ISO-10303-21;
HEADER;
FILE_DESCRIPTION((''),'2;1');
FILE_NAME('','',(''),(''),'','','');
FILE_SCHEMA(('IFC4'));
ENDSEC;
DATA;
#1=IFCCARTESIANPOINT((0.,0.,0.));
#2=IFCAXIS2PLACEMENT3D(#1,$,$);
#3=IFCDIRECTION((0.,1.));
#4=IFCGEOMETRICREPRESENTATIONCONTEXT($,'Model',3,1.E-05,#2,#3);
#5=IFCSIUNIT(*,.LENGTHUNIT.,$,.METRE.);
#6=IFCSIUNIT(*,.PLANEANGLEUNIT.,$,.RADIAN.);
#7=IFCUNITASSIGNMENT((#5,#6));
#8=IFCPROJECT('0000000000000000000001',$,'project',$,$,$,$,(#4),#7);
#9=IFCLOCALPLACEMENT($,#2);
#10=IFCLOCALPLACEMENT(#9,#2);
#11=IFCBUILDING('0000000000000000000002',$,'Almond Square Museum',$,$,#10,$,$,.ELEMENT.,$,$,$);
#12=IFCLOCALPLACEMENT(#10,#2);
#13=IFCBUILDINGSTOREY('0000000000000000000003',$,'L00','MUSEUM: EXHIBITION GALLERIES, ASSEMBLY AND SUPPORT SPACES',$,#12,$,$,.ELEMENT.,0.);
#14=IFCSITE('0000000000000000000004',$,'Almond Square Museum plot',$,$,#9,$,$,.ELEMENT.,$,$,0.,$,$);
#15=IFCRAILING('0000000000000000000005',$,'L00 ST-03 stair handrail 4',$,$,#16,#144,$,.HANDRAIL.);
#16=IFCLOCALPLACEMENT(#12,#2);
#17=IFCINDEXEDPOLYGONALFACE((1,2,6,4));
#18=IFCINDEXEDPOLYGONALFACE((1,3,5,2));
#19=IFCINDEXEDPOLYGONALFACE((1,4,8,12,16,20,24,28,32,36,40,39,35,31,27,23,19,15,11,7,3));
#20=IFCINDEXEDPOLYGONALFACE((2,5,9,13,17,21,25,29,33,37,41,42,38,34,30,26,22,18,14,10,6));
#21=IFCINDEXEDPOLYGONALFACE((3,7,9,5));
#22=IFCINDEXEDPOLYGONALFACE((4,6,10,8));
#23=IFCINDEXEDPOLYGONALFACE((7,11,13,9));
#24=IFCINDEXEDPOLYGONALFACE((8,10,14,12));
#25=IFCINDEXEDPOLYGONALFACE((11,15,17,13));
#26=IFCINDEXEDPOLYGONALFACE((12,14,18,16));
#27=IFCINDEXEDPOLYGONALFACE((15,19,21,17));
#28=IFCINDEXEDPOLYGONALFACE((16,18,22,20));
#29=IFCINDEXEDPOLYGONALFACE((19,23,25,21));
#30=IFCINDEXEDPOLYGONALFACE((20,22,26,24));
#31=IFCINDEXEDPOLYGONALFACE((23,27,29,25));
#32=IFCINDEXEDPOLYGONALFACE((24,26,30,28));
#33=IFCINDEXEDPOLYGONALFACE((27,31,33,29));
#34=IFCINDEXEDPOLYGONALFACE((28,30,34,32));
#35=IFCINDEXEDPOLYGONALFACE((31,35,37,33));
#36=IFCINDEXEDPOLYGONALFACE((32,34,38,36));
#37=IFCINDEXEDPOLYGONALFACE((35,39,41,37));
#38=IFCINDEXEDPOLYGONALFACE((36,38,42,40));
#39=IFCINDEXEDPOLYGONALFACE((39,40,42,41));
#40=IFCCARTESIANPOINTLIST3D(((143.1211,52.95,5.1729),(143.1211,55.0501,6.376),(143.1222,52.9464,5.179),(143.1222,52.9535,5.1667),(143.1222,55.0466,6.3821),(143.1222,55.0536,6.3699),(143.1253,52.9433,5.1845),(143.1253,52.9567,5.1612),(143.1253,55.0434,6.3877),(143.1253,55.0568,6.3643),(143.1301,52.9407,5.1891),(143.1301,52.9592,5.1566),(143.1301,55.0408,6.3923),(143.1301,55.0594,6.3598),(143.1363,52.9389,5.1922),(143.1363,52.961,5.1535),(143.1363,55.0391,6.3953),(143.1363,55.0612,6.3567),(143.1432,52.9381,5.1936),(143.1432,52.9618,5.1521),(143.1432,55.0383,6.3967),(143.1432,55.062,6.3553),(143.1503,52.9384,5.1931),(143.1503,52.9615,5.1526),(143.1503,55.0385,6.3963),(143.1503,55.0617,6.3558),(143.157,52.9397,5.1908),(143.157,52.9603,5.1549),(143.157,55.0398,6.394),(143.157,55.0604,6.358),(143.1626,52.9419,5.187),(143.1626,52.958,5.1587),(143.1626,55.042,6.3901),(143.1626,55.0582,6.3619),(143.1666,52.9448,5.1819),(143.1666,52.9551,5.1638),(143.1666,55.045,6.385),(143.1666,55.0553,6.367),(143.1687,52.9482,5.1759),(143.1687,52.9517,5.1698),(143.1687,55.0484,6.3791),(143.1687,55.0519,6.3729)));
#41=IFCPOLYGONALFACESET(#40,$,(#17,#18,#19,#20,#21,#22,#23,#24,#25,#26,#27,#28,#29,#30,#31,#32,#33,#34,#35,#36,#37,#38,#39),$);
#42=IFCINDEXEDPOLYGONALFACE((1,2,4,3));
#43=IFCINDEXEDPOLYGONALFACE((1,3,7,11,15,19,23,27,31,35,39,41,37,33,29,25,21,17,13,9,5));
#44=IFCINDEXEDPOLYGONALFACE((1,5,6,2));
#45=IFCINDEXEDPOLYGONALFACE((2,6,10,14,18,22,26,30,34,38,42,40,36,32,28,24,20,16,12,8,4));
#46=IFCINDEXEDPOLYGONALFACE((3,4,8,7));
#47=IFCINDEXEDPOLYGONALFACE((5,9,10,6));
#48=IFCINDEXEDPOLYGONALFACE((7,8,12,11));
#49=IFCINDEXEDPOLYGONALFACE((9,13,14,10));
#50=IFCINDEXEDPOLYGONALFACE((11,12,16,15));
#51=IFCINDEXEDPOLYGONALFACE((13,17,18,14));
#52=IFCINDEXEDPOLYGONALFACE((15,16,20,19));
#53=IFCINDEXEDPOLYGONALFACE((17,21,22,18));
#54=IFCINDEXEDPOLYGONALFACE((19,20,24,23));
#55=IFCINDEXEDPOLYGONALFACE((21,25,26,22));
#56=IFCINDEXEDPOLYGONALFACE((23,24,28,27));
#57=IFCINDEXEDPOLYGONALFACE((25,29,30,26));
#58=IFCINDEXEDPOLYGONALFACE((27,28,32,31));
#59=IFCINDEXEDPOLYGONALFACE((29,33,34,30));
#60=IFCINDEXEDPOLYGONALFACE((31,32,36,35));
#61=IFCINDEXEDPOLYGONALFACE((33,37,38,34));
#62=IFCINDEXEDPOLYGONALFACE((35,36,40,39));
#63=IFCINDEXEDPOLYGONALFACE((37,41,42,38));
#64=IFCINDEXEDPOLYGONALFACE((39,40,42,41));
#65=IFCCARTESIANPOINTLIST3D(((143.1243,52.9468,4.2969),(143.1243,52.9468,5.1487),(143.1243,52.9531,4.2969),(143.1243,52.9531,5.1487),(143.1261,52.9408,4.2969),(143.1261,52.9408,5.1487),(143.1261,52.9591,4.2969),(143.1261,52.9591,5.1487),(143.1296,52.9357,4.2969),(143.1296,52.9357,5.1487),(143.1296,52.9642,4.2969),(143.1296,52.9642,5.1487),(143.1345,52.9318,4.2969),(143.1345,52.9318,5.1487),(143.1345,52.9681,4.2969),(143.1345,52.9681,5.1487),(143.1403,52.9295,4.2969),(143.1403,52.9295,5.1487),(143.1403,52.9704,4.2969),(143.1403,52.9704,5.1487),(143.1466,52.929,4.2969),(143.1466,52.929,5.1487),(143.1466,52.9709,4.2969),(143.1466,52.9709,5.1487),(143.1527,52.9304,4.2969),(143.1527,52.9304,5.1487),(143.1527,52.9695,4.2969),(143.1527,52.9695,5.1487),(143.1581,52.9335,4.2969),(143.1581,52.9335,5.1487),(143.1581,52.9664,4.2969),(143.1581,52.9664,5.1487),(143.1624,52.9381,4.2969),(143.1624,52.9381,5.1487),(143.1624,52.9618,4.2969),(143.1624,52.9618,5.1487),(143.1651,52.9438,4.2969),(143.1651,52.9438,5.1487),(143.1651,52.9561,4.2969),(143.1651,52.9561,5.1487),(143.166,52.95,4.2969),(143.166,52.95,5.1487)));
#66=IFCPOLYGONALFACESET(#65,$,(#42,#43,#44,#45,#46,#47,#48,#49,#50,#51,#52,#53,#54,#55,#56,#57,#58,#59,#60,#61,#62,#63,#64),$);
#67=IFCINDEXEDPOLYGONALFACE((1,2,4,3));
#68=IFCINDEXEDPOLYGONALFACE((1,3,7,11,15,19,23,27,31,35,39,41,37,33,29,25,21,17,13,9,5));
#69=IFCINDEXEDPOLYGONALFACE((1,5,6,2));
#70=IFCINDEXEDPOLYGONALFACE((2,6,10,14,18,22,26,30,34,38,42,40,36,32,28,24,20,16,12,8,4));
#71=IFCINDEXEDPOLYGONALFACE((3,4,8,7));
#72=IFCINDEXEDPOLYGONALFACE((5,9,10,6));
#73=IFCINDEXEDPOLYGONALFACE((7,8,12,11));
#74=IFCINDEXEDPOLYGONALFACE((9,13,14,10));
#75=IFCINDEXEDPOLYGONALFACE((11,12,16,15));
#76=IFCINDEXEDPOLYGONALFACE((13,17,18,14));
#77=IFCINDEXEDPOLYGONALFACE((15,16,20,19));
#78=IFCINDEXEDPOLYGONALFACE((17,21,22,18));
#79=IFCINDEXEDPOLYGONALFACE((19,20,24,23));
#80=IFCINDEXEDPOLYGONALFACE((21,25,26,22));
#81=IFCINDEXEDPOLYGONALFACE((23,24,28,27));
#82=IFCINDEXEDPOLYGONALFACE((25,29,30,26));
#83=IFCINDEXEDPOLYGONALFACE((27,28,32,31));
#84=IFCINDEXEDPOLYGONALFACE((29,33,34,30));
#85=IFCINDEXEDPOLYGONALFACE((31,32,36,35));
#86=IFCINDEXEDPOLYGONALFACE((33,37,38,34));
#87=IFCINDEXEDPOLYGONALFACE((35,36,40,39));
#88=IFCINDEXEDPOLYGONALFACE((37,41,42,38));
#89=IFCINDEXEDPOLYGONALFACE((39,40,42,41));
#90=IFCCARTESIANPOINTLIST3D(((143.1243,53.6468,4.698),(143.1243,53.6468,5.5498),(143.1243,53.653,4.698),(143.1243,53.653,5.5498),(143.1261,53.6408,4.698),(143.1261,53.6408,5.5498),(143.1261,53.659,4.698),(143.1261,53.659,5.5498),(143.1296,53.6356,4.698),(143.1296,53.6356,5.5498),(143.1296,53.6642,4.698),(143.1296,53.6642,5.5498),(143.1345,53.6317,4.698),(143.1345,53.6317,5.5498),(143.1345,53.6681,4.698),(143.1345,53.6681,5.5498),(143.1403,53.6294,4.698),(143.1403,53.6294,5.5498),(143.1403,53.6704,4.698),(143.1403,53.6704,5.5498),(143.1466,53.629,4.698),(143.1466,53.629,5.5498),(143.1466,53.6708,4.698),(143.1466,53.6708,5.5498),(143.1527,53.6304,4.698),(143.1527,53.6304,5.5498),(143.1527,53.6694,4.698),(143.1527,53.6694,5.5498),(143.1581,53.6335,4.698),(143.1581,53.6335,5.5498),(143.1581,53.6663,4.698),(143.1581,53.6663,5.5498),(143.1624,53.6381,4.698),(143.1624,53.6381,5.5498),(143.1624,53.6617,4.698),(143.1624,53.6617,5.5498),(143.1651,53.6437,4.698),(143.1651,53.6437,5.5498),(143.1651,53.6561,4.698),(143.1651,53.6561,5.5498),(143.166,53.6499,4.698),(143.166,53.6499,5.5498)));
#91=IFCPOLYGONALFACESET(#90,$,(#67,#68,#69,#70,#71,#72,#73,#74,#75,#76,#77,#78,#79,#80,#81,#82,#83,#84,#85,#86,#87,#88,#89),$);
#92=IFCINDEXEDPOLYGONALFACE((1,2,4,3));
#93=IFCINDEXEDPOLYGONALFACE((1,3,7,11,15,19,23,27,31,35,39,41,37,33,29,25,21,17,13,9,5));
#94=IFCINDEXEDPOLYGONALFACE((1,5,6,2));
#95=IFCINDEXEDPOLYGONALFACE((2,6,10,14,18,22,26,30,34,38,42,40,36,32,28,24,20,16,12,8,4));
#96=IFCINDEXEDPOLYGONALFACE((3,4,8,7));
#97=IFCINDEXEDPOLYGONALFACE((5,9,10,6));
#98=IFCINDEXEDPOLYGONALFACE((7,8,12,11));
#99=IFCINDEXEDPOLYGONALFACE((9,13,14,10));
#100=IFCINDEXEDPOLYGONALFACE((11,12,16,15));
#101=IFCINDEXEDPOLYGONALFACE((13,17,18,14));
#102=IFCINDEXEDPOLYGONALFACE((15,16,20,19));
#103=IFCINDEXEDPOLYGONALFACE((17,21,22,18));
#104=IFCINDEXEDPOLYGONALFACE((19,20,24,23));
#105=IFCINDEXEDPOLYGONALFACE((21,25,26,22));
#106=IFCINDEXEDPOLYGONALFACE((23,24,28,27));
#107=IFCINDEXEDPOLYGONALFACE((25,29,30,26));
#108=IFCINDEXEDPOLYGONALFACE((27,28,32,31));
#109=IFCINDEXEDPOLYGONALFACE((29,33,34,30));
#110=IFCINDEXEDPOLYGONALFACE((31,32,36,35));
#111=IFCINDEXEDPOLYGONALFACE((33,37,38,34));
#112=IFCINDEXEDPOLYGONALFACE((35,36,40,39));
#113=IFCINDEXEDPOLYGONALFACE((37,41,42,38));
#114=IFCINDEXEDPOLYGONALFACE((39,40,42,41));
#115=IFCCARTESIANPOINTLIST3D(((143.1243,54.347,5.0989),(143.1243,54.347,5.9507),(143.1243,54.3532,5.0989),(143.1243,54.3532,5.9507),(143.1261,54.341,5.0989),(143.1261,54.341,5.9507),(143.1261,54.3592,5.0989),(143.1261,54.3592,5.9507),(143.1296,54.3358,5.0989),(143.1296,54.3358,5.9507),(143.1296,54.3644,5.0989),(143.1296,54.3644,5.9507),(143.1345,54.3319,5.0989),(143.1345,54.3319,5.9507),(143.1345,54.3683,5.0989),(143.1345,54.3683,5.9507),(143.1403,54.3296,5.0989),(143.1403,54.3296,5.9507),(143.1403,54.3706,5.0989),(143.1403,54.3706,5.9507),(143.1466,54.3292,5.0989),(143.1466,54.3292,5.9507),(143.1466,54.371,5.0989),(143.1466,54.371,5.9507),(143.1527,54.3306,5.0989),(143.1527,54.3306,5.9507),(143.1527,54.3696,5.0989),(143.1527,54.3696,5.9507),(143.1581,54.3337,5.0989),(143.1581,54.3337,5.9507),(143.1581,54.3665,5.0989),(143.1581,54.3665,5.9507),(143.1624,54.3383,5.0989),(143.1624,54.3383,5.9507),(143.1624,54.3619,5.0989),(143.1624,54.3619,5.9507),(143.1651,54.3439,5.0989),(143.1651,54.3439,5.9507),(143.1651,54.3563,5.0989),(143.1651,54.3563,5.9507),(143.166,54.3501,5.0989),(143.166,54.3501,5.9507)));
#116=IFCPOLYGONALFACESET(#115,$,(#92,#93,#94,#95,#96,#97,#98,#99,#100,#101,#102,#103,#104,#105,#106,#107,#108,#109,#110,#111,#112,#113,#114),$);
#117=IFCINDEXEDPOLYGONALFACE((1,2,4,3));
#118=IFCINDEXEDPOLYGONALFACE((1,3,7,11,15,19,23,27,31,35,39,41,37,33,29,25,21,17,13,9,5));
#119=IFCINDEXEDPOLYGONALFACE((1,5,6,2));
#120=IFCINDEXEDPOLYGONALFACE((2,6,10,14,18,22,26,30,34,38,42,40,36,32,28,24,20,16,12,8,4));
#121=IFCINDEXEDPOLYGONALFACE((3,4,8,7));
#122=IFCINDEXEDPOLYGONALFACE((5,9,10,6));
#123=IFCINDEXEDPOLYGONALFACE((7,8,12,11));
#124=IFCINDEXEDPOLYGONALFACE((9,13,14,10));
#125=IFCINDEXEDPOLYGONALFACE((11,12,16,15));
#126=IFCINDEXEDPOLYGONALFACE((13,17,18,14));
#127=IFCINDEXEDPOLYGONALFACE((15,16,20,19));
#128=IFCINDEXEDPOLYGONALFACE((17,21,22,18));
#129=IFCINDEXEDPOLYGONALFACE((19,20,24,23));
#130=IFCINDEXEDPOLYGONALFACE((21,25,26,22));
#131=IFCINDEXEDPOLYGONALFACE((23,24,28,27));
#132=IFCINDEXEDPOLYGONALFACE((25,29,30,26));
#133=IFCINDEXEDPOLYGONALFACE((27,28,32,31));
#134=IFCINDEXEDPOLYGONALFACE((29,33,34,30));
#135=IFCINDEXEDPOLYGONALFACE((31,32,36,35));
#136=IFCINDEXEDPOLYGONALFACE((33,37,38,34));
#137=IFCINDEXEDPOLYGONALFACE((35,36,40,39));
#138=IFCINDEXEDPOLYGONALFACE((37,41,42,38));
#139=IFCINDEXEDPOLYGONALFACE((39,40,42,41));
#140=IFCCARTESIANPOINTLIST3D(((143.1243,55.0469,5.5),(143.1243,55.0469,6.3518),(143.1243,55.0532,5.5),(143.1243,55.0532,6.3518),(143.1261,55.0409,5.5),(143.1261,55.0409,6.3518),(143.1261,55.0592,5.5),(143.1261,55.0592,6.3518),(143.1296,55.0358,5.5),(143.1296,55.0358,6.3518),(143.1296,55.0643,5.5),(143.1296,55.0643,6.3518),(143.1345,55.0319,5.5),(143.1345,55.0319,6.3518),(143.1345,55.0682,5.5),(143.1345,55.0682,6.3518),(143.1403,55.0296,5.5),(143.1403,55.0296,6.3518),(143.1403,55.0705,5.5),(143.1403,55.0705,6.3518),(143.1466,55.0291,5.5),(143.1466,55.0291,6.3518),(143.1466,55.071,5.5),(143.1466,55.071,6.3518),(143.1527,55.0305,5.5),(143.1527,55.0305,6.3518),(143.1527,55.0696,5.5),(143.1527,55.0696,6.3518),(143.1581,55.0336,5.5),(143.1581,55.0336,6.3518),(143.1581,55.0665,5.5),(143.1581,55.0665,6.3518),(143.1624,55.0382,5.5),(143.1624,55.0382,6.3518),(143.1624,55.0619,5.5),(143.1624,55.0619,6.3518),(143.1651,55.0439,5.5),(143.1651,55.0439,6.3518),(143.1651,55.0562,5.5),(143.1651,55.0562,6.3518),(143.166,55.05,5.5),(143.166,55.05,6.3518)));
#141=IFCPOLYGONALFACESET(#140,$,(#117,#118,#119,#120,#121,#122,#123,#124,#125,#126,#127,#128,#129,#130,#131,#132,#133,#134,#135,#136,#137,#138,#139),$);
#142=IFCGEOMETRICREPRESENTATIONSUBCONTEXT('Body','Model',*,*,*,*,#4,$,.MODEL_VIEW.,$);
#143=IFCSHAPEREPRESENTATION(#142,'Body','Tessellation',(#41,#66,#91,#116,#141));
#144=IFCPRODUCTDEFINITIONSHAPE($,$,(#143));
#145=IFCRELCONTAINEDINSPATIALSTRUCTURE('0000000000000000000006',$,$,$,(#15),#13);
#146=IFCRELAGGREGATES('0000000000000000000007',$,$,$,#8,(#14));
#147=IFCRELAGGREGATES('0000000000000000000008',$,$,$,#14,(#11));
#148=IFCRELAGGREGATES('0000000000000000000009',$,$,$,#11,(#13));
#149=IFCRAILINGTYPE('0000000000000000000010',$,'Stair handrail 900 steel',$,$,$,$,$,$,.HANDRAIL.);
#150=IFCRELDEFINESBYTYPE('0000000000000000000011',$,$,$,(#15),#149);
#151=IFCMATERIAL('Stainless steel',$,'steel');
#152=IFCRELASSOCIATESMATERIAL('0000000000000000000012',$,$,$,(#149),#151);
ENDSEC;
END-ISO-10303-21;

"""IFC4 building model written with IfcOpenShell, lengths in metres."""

from ifc_helpers import new_model, si_unit, direction, frame, origin, origin_2d, place, context, subcontext, project, spatial, circle, extrude, material, type_object, element, save


model = new_model("IFC4")

# Units and contexts
model_context = context("Model", 3, precision=1e-05, world=origin(), true_north=direction((0.0, 1.0)))
body_context = subcontext(model_context, "Body", "Model", "MODEL_VIEW")
ifc_project = project(units=[si_unit("LENGTHUNIT", "METRE"), si_unit("PLANEANGLEUNIT", "RADIAN")], contexts=[model_context])

# Site, building, storey
site_placement = place(None, origin())
site = spatial("IfcSite", under=ifc_project, at=site_placement, Name="Almond Square Museum plot", CompositionType="ELEMENT", RefElevation=0.0)
building_placement = place(site_placement, origin())
building = spatial("IfcBuilding", under=site, at=building_placement, Name="Almond Square Museum", CompositionType="ELEMENT")
storey_placement = place(building_placement, origin())
storey = spatial("IfcBuildingStorey", under=building, at=storey_placement, Name="L00", Description="MUSEUM: EXHIBITION GALLERIES, ASSEMBLY AND SUPPORT SPACES", CompositionType="ELEMENT", Elevation=0.0)

# Railing
ifc_material_1 = material(Name="Stainless steel", Category="steel")
railing_type_1 = type_object("IfcRailingType", Name="Stair handrail 900 steel", PredefinedType="HANDRAIL", material=ifc_material_1)
for number, where, name in (
    (1, (143.145, 52.95, 4.2969), "L00 ST-03 stair handrail 4"),
):
    element("IfcRailing", number, at=place(storey_placement, frame(where)), inside=storey, type_object=railing_type_1, Name=name, PredefinedType="HANDRAIL", context=body_context, shape_type="SweptSolid", body=[
        extrude(circle(Radius=0.0239, at=origin_2d()), frame((0.0, 0.0, 0.876), z_axis=(0.0, 0.867696, 0.497095), x_axis=(-1.0, 0.0, 0.0)), (0.0, 0.0, 1.0), 2.4204),
        extrude(circle(Radius=0.021, at=origin_2d()), origin(), (0.0, 0.0, 1.0), 0.8518),
        extrude(circle(Radius=0.021, at=origin_2d()), frame((0.0, 0.7, 0.4011)), (0.0, 0.0, 1.0), 0.8518),
        extrude(circle(Radius=0.021, at=origin_2d()), frame((0.0, 1.4001, 0.802)), (0.0, 0.0, 1.0), 0.8518),
        extrude(circle(Radius=0.021, at=origin_2d()), frame((0.0, 2.1001, 1.2031)), (0.0, 0.0, 1.0), 0.8518),
    ])

save(model, "model.ifc")
